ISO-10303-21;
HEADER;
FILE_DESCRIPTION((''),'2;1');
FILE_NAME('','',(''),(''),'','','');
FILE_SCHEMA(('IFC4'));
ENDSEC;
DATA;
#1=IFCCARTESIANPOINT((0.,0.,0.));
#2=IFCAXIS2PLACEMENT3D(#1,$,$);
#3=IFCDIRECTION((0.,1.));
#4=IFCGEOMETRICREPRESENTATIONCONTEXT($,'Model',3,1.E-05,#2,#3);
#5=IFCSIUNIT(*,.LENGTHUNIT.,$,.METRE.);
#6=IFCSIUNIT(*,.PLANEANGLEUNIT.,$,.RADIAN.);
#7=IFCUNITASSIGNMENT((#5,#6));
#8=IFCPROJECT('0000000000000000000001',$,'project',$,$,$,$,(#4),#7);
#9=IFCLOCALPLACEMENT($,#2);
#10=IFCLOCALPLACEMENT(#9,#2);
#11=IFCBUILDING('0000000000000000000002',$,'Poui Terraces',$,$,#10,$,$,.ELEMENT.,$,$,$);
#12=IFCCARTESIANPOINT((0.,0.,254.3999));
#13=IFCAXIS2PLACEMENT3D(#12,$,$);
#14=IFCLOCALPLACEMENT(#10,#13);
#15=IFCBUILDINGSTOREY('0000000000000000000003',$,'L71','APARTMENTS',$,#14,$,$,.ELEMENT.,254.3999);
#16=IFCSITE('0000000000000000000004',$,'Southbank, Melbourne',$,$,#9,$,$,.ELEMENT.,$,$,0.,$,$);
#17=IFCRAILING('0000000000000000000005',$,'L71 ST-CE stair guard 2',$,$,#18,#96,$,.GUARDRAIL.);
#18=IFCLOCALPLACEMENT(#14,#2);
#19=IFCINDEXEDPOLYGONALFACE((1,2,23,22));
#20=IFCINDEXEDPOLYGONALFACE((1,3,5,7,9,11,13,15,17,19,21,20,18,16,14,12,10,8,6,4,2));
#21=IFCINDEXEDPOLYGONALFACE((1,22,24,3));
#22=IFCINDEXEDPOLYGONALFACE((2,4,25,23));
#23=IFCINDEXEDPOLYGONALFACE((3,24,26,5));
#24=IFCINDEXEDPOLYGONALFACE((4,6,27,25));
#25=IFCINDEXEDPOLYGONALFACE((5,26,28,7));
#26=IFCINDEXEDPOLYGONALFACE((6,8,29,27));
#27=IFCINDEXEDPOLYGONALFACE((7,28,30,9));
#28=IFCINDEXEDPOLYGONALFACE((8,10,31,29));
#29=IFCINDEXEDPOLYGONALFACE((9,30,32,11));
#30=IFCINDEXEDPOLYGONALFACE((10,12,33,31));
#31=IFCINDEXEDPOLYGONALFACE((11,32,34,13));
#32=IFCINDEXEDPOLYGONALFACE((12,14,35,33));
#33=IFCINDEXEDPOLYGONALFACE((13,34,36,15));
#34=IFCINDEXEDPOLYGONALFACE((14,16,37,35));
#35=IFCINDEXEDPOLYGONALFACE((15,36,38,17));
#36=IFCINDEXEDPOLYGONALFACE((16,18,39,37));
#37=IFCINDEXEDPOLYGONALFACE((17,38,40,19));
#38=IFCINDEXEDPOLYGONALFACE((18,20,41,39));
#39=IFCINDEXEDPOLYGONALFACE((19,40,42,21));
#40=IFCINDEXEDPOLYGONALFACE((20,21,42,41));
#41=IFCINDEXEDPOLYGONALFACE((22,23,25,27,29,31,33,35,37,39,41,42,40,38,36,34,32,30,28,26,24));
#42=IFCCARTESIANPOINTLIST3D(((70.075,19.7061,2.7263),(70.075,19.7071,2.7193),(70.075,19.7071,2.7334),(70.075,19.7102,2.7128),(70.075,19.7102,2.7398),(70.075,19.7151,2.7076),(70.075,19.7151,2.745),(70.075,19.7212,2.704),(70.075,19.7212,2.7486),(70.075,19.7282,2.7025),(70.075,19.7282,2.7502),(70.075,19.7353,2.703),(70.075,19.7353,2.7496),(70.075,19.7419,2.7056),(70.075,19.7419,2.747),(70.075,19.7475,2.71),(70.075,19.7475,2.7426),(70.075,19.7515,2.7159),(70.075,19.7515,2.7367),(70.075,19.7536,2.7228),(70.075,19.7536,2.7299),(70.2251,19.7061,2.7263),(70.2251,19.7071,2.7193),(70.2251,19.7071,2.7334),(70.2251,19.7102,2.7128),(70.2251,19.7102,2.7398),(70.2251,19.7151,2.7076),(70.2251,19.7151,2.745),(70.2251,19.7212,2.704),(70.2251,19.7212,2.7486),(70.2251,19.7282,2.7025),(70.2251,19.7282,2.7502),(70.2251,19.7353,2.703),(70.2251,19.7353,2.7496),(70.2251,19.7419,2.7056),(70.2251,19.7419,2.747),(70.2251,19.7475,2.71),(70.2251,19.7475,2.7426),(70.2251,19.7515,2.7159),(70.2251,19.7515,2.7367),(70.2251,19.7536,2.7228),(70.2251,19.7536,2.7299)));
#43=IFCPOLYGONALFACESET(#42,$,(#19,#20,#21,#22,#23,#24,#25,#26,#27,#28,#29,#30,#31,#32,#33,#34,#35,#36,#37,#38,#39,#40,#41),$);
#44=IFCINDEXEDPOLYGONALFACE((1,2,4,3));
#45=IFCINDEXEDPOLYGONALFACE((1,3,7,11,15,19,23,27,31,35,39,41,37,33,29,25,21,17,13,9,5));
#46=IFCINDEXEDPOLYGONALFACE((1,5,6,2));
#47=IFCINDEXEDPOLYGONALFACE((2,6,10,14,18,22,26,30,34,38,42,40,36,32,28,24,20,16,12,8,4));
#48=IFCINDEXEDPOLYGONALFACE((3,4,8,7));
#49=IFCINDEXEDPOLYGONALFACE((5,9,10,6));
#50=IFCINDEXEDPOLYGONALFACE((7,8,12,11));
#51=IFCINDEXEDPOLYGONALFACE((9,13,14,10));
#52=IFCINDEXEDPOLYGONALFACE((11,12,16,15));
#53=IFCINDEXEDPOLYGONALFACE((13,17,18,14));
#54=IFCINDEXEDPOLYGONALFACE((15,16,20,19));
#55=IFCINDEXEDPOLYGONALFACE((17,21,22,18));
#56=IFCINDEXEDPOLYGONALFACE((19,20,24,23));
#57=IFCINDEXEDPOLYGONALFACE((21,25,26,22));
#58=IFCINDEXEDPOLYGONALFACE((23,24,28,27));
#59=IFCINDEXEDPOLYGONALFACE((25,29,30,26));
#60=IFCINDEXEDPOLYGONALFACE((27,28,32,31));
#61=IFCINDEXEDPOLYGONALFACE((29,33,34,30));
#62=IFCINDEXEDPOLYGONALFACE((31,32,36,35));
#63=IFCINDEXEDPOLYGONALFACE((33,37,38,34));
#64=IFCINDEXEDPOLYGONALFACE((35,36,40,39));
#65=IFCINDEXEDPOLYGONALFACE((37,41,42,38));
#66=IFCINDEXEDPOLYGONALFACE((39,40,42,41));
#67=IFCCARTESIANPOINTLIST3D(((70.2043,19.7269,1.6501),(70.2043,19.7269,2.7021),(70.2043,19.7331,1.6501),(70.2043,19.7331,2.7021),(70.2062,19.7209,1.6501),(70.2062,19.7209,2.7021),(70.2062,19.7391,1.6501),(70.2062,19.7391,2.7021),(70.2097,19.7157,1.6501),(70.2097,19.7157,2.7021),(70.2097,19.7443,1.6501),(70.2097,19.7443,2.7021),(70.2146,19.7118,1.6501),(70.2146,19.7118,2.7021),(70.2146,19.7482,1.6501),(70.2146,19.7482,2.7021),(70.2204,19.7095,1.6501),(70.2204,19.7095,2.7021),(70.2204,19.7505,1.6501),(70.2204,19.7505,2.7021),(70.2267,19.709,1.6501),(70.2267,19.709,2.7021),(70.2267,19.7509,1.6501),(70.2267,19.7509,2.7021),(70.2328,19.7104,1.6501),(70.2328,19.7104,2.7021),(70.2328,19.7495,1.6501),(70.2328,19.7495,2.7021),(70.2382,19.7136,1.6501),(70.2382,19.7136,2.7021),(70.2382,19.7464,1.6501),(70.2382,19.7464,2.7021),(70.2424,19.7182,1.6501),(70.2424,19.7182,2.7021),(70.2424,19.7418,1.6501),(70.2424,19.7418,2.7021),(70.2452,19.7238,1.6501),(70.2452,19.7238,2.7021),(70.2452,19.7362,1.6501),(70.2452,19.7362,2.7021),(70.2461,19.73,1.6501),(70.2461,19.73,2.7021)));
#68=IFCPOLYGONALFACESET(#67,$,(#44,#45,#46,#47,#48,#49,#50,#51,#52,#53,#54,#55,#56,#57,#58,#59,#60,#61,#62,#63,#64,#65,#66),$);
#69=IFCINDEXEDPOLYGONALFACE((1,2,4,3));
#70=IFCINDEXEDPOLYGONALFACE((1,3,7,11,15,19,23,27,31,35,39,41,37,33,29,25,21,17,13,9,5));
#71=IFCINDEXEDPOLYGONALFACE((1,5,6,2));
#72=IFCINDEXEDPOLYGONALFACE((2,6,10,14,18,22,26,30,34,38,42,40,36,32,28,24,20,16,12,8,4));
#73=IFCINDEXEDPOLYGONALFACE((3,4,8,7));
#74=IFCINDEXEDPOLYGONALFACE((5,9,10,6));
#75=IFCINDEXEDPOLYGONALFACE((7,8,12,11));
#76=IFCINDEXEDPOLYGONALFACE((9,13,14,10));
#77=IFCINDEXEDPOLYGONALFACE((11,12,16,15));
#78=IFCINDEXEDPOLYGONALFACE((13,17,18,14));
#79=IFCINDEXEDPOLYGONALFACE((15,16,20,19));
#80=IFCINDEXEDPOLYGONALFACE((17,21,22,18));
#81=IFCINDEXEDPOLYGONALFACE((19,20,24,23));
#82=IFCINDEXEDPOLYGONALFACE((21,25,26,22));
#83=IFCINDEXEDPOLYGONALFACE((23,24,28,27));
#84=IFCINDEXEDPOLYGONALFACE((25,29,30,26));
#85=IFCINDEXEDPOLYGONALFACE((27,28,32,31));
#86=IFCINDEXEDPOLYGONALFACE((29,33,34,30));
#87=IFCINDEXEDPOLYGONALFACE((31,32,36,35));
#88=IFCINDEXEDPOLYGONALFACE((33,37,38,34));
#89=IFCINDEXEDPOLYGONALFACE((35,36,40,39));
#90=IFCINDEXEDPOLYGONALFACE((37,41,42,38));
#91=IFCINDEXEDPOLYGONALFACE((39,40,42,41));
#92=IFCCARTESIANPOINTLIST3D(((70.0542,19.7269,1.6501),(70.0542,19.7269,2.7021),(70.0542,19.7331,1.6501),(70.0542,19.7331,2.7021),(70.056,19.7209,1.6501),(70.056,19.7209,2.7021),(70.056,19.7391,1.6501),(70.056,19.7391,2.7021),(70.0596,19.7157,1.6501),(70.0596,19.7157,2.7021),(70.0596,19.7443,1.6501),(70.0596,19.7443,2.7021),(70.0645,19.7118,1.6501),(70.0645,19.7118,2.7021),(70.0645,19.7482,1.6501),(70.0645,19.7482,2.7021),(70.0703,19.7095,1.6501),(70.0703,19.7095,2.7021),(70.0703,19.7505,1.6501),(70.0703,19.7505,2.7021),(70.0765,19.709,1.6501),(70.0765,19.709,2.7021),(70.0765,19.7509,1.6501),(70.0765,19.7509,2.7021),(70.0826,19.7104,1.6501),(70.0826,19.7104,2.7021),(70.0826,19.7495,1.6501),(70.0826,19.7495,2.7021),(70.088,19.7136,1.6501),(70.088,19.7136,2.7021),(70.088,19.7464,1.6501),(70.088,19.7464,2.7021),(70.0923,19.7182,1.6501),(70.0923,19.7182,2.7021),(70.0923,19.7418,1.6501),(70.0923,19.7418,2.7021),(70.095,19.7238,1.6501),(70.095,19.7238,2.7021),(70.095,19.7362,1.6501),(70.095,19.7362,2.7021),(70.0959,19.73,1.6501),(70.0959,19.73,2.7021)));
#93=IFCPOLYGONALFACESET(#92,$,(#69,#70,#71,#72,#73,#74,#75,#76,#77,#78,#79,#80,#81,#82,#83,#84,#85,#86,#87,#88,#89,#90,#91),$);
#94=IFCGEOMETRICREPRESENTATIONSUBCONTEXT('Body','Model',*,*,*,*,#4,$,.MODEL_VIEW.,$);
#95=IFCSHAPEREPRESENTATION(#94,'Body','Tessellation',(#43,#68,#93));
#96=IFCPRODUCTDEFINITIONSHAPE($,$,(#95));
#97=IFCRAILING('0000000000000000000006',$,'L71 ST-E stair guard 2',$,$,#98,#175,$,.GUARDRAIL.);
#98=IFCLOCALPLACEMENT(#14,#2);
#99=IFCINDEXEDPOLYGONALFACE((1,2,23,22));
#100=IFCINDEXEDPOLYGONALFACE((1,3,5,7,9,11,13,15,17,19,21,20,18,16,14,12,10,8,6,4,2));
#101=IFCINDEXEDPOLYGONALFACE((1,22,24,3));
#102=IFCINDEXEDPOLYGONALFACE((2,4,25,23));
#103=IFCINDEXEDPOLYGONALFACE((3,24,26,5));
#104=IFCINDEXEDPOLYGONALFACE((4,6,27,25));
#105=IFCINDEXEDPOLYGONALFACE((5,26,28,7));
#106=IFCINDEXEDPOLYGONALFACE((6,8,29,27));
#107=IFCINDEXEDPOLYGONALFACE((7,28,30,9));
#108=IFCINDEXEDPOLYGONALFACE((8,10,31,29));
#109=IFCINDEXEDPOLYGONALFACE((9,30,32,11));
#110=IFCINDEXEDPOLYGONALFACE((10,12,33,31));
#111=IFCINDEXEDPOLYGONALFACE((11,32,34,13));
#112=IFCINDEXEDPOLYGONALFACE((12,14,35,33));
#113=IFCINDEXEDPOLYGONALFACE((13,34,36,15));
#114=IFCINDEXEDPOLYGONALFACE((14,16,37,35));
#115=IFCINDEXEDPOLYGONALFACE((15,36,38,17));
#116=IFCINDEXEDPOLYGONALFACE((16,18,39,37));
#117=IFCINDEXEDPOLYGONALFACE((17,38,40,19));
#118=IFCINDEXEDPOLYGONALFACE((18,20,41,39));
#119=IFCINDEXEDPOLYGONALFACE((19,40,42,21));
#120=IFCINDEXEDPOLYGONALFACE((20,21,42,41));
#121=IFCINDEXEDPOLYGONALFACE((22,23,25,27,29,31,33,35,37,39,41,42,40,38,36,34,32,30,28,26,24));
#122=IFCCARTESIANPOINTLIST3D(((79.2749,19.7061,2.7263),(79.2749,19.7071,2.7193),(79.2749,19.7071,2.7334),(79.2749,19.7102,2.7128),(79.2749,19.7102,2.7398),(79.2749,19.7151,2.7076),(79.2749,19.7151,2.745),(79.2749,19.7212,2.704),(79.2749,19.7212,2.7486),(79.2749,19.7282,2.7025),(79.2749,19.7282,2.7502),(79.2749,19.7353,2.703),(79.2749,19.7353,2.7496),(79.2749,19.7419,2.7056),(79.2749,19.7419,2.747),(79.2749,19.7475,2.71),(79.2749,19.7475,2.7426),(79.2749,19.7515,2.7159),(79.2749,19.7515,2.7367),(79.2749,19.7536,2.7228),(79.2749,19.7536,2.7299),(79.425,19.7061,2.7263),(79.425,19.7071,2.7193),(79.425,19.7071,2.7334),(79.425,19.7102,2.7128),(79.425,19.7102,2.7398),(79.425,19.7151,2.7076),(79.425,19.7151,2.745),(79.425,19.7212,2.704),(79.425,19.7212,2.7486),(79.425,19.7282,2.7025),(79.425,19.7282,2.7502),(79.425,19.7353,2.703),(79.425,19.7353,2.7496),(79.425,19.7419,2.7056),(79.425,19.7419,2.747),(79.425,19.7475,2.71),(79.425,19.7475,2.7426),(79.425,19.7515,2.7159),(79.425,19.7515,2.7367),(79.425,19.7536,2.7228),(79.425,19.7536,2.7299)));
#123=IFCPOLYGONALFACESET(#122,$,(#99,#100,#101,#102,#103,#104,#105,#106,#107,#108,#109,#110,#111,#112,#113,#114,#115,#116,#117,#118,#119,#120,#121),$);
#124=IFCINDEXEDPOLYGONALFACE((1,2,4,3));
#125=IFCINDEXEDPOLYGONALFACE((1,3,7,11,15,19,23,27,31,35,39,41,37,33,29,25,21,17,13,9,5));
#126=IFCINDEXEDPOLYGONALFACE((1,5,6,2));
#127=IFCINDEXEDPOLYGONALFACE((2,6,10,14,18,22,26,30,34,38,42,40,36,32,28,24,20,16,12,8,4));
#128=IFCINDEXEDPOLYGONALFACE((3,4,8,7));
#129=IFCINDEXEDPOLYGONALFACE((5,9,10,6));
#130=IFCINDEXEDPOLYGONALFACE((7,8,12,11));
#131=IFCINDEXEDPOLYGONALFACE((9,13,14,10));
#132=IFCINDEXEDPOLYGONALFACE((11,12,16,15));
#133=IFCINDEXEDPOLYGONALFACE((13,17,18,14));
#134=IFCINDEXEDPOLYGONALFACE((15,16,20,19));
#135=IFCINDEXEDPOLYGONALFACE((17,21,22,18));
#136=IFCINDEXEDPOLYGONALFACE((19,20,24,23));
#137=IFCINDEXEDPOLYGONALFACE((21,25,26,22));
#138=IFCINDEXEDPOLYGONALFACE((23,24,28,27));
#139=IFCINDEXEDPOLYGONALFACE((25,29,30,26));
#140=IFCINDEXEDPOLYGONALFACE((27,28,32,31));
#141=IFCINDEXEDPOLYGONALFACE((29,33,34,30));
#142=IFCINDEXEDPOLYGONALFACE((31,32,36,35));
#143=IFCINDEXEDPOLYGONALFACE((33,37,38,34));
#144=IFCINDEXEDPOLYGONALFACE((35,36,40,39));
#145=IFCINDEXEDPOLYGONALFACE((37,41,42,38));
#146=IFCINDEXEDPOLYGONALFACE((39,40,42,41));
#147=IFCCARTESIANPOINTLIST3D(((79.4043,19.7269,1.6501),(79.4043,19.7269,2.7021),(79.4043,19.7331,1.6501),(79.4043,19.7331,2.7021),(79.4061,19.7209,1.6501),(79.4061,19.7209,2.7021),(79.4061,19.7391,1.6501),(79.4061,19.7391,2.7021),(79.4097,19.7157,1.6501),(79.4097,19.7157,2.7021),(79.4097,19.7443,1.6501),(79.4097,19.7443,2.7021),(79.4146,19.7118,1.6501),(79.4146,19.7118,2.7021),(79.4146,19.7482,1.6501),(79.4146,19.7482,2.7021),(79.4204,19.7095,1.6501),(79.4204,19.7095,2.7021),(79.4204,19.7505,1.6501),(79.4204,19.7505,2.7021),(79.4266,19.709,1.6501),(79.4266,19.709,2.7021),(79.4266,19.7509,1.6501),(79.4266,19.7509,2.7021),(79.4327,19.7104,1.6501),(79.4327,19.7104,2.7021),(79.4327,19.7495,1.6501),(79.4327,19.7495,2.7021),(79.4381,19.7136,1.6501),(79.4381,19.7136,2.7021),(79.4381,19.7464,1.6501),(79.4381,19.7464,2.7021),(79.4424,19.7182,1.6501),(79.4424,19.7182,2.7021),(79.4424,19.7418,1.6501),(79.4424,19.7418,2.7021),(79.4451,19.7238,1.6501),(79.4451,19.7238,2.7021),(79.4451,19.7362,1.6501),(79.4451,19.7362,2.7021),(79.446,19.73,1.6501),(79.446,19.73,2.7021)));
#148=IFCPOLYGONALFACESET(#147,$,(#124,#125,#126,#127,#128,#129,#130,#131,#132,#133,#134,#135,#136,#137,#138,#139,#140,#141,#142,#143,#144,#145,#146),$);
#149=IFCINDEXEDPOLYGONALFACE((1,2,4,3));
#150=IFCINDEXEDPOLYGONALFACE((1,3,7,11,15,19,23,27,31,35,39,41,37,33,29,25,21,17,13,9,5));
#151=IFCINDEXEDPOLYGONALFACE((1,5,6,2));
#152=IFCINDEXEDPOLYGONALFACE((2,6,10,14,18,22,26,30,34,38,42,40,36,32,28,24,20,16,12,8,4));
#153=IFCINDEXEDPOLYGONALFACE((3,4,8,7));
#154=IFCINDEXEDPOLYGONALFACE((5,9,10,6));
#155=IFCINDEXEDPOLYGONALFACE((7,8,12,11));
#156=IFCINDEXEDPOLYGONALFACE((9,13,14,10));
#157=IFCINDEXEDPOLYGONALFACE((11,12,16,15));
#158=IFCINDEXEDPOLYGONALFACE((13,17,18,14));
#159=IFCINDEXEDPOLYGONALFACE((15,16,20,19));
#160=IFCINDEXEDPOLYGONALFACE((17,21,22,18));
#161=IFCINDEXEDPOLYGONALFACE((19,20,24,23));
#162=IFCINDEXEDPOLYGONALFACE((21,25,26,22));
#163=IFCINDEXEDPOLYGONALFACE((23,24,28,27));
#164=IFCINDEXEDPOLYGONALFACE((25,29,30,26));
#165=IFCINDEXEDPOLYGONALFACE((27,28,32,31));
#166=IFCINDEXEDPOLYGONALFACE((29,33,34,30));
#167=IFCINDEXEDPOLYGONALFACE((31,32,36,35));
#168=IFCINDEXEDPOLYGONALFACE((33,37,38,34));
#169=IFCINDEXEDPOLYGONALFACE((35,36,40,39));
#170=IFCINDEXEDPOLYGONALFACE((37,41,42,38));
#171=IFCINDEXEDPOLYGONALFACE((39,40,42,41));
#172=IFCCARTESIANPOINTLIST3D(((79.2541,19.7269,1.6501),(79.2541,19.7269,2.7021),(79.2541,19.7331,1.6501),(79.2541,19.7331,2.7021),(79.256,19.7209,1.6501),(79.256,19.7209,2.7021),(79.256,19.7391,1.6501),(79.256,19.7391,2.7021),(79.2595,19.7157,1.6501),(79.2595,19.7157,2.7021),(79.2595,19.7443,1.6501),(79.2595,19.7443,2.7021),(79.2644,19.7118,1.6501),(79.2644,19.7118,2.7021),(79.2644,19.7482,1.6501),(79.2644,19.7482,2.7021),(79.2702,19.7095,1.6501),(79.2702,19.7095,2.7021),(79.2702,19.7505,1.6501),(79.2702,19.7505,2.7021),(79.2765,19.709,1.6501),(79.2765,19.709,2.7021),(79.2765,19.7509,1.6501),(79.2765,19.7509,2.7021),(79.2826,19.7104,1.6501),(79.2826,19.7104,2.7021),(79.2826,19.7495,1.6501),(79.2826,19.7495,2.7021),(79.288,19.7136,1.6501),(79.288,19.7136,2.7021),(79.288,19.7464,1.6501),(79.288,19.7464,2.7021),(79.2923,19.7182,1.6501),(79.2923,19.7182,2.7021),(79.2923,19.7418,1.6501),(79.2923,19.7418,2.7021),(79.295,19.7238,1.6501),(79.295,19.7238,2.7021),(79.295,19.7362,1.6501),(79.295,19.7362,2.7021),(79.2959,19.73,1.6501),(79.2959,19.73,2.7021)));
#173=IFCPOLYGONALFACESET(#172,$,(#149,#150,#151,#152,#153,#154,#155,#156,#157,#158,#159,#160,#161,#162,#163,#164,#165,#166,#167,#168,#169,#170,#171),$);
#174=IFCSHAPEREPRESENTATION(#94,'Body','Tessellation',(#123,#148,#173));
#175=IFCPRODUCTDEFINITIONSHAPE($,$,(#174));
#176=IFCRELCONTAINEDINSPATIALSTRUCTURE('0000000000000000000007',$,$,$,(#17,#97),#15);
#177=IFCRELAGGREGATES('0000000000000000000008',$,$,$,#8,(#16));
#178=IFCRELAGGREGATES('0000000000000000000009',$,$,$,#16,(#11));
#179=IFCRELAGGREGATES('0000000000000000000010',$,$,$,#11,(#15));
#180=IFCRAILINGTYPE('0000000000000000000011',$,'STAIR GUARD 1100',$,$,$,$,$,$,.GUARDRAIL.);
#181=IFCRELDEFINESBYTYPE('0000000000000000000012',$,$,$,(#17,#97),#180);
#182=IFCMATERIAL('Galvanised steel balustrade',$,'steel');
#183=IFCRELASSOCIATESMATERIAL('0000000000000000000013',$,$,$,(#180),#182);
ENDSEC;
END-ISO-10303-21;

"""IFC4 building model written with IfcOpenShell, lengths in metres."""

from ifc_helpers import new_model, si_unit, direction, frame, origin, origin_2d, place, context, subcontext, project, spatial, circle, extrude, material, type_object, element, save


model = new_model("IFC4")

# Units and contexts
model_context = context("Model", 3, precision=1e-05, world=origin(), true_north=direction((0.0, 1.0)))
body_context = subcontext(model_context, "Body", "Model", "MODEL_VIEW")
ifc_project = project(units=[si_unit("LENGTHUNIT", "METRE"), si_unit("PLANEANGLEUNIT", "RADIAN")], contexts=[model_context])

# Site, building, storey
site_placement = place(None, origin())
site = spatial("IfcSite", under=ifc_project, at=site_placement, Name="Southbank, Melbourne", CompositionType="ELEMENT", RefElevation=0.0)
building_placement = place(site_placement, origin())
building = spatial("IfcBuilding", under=site, at=building_placement, Name="Poui Terraces", CompositionType="ELEMENT")
storey_placement = place(building_placement, frame((0.0, 0.0, 254.3999)))
storey = spatial("IfcBuildingStorey", under=building, at=storey_placement, Name="L71", Description="APARTMENTS", CompositionType="ELEMENT", Elevation=254.3999)

# Railings
ifc_material_1 = material(Name="Galvanised steel balustrade", Category="steel")
railing_type = type_object("IfcRailingType", Name="STAIR GUARD 1100", PredefinedType="GUARDRAIL", material=ifc_material_1)
for number, where, name in (
    (1, (70.2251, 19.73, 1.6501), "L71 ST-CE stair guard 2"),
    (2, (79.425, 19.73, 1.6501), "L71 ST-E stair guard 2"),
):
    element("IfcRailing", number, at=place(storey_placement, frame(where)), inside=storey, type_object=railing_type, Name=name, PredefinedType="GUARDRAIL", context=body_context, shape_type="SweptSolid", body=[
        extrude(circle(Radius=0.0239, at=origin_2d()), frame((0.0, 0.0, 1.0762), z_axis=(-1.0, 0.0, 0.0), x_axis=(0.0, -1.0, 0.0)), (0.0, 0.0, 1.0), 0.1501),
        extrude(circle(Radius=0.021, at=origin_2d()), origin(), (0.0, 0.0, 1.0), 1.052),
        extrude(circle(Radius=0.021, at=origin_2d()), frame((-0.1501, 0.0, 0.0)), (0.0, 0.0, 1.0), 1.052),
    ])

save(model, "model.ifc")
